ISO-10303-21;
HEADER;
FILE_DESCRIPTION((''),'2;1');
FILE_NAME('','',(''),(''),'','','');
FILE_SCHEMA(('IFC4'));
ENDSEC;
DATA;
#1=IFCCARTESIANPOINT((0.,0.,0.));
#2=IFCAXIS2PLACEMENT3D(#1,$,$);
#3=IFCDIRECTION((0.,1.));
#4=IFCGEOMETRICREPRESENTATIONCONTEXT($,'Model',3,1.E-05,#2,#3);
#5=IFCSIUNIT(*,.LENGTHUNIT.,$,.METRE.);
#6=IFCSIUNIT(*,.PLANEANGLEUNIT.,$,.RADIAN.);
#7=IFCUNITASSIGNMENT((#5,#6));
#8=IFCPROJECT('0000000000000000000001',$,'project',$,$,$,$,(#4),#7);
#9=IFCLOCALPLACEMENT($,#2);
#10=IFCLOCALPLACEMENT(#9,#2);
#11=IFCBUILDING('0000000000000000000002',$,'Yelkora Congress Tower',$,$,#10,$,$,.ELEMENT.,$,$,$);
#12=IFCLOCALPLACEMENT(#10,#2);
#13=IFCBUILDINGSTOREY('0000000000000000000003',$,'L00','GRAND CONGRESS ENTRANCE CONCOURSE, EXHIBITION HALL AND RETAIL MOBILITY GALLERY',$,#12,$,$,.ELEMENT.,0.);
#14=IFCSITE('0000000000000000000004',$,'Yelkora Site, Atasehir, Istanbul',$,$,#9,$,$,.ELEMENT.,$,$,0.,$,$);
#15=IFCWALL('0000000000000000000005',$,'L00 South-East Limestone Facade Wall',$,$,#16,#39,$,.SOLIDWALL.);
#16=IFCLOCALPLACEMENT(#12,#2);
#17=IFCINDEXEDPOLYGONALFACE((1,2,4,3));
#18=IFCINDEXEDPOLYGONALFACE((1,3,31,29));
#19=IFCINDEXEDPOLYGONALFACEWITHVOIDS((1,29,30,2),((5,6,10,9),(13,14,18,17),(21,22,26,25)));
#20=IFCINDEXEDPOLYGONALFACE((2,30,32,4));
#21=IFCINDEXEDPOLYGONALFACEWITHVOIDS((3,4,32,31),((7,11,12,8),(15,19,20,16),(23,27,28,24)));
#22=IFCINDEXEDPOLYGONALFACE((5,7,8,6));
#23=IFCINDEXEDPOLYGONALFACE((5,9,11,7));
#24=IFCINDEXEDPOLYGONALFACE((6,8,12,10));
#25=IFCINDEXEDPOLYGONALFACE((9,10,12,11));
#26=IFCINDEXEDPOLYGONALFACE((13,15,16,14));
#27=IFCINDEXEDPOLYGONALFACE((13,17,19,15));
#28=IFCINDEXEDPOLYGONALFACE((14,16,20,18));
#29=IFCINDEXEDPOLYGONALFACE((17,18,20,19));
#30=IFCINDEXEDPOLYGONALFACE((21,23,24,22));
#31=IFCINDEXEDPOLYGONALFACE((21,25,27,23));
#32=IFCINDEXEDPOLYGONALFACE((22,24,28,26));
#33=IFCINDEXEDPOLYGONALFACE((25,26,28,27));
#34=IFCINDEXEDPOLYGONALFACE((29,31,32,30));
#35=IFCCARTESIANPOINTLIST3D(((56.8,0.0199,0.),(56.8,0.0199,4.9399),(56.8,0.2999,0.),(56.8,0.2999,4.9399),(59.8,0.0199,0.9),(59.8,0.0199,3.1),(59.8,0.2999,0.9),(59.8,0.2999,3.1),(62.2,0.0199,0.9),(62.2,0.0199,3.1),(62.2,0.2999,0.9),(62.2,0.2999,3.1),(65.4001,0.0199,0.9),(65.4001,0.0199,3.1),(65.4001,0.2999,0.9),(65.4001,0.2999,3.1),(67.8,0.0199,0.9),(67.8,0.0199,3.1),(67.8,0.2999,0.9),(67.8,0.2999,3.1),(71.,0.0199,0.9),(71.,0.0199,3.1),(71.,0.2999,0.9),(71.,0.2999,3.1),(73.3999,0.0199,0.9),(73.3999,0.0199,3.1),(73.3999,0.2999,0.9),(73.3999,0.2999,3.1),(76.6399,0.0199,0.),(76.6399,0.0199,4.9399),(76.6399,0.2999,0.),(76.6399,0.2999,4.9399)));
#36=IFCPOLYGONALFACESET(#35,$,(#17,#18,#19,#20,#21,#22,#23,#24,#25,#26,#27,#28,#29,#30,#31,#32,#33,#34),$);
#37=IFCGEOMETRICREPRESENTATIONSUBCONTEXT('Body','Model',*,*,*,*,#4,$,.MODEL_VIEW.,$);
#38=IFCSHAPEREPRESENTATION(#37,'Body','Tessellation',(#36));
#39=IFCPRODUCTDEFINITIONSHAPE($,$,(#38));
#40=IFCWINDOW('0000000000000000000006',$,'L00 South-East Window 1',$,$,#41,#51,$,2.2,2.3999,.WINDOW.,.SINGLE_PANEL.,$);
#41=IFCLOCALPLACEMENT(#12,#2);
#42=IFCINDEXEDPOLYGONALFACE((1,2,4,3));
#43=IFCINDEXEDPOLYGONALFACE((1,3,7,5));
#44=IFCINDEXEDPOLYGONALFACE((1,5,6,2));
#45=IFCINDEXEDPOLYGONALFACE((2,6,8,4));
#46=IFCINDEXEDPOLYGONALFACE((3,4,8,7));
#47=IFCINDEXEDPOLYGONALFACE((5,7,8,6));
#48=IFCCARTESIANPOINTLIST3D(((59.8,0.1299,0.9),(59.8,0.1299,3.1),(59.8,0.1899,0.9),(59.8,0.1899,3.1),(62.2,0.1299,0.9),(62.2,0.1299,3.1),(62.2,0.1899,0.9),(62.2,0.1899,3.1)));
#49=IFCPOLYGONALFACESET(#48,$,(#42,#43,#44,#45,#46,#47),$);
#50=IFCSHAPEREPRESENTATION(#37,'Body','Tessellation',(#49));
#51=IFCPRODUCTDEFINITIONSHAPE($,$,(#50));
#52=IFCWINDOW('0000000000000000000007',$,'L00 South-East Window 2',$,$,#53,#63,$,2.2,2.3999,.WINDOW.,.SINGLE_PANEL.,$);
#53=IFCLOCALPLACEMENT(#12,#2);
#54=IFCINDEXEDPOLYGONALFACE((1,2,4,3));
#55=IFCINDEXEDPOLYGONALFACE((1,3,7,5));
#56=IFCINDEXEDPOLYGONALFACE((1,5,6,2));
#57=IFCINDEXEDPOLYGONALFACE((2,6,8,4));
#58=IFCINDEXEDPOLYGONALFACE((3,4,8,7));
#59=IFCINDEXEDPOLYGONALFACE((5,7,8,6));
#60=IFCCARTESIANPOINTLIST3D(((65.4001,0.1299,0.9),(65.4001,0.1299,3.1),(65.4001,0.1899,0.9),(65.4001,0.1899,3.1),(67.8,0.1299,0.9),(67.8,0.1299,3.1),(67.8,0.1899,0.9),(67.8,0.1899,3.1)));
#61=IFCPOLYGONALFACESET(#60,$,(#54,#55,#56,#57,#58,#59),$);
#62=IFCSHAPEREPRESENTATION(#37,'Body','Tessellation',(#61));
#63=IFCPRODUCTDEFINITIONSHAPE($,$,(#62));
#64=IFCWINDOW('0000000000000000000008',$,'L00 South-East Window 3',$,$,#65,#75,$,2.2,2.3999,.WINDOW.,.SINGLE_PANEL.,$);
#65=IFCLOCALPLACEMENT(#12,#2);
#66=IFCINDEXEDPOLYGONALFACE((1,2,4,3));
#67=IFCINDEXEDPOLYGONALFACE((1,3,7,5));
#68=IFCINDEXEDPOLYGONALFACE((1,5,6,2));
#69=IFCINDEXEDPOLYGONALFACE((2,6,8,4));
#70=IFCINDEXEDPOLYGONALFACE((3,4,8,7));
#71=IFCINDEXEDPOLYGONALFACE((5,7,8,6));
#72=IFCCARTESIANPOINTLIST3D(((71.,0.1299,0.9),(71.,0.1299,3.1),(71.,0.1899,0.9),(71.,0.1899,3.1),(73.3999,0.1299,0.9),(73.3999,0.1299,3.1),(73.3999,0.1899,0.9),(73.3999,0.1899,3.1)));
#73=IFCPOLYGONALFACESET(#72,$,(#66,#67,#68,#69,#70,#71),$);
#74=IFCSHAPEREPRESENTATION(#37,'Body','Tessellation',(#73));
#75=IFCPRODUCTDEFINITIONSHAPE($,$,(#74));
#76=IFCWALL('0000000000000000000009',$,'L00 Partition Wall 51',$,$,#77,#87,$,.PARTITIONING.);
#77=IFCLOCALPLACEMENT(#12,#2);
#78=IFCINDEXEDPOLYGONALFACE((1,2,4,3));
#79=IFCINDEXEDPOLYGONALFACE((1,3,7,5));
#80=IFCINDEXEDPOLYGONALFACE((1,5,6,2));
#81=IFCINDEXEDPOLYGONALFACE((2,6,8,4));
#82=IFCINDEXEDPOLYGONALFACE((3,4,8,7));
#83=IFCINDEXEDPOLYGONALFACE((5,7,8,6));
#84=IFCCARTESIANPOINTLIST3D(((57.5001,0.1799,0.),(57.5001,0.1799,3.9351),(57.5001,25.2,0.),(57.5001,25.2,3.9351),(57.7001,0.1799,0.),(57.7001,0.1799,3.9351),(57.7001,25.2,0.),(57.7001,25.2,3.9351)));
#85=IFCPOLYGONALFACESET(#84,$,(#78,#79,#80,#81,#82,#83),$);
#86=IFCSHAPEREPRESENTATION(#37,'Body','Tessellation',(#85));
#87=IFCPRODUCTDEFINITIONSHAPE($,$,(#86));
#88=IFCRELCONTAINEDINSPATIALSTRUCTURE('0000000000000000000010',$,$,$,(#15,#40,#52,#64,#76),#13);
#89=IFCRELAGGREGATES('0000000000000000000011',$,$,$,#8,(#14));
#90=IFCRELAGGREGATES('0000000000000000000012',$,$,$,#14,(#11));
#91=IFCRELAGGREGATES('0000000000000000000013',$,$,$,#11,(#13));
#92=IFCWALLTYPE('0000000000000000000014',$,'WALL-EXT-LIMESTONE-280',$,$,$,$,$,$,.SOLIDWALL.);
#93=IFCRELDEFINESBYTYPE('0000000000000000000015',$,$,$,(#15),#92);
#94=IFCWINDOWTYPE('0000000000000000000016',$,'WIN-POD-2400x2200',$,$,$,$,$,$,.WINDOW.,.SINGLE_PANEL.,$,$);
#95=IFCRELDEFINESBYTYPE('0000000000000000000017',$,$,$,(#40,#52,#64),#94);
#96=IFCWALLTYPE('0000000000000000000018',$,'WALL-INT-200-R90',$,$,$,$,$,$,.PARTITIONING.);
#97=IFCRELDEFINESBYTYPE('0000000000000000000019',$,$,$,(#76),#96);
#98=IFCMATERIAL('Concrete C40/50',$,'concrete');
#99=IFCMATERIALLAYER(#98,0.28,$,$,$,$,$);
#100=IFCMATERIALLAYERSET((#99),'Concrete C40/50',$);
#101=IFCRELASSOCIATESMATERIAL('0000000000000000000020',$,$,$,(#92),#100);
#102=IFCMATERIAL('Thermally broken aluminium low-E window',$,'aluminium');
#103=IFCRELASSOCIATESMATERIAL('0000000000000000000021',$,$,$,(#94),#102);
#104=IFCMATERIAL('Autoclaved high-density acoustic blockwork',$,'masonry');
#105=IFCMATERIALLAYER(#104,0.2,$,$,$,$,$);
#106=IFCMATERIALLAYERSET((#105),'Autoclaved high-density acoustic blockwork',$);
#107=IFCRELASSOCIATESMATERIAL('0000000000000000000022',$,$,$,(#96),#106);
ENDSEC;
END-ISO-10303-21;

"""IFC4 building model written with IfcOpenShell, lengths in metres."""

from ifc_helpers import new_model, si_unit, direction, frame, frame_2d, origin, place, context, subcontext, project, spatial, rectangle, extrude, material, layer, layer_set, type_object, element, fill, save


model = new_model("IFC4")

# Units and contexts
model_context = context("Model", 3, precision=1e-05, world=origin(), true_north=direction((0.0, 1.0)))
body_context = subcontext(model_context, "Body", "Model", "MODEL_VIEW")
ifc_project = project(units=[si_unit("LENGTHUNIT", "METRE"), si_unit("PLANEANGLEUNIT", "RADIAN")], contexts=[model_context])

# Site, building, storey
site_placement = place(None, origin())
site = spatial("IfcSite", under=ifc_project, at=site_placement, Name="Yelkora Site, Atasehir, Istanbul", CompositionType="ELEMENT", RefElevation=0.0)
building_placement = place(site_placement, origin())
building = spatial("IfcBuilding", under=site, at=building_placement, Name="Yelkora Congress Tower", CompositionType="ELEMENT")
storey_placement = place(building_placement, origin())
storey = spatial("IfcBuildingStorey", under=building, at=storey_placement, Name="L00", Description="GRAND CONGRESS ENTRANCE CONCOURSE, EXHIBITION HALL AND RETAIL MOBILITY GALLERY", CompositionType="ELEMENT", Elevation=0.0)

# Wall, openings, windows
ifc_material_1 = material(Name="Concrete C40/50", Category="concrete")
ifc_layer_1 = layer(ifc_material_1, 0.28)
ifc_layer_set_1 = layer_set([ifc_layer_1], Name="Concrete C40/50")
wall_type_1 = type_object("IfcWallType", Name="WALL-EXT-LIMESTONE-280", PredefinedType="SOLIDWALL", material=ifc_layer_set_1)
wall_1_placement = place(storey_placement, frame((56.8, 0.1599, 0.0), z_axis=(0.0, 0.0, 1.0), x_axis=(1.0, 0.0, 0.0)))
wall_1 = element("IfcWall", 1, at=wall_1_placement, inside=storey, type_object=wall_type_1, Name="L00 South-East Limestone Facade Wall", PredefinedType="SOLIDWALL", context=body_context, shape_type="SweptSolid", body=[
    extrude(rectangle(XDim=19.8398, YDim=0.28, at=frame_2d((9.9199, 0.0))), origin(), (0.0, 0.0, 1.0), 4.9399),
])
opening_1_placement = place(wall_1_placement, frame((3.0, 0.0, 0.8999)))
opening_1 = element("IfcOpeningElement", 2, at=opening_1_placement, cuts=wall_1, PredefinedType="OPENING", context=body_context, shape_type="SweptSolid", body=[
    extrude(rectangle(XDim=2.3999, YDim=2.2, at=frame_2d((1.2, 1.1001))), frame((0.0, 0.1499, 0.0), z_axis=(0.0, -1.0, 0.0), x_axis=(1.0, 0.0, 0.0)), (0.0, 0.0, 1.0), 0.3),
])
opening_2_placement = place(wall_1_placement, frame((8.6001, 0.0, 0.8999)))
opening_2 = element("IfcOpeningElement", 3, at=opening_2_placement, cuts=wall_1, PredefinedType="OPENING", context=body_context, shape_type="SweptSolid", body=[
    extrude(rectangle(XDim=2.3999, YDim=2.2, at=frame_2d((1.2, 1.1001))), frame((0.0, 0.1499, 0.0), z_axis=(0.0, -1.0, 0.0), x_axis=(1.0, 0.0, 0.0)), (0.0, 0.0, 1.0), 0.3),
])
opening_3_placement = place(wall_1_placement, frame((14.2, 0.0, 0.8999)))
opening_3 = element("IfcOpeningElement", 4, at=opening_3_placement, cuts=wall_1, PredefinedType="OPENING", context=body_context, shape_type="SweptSolid", body=[
    extrude(rectangle(XDim=2.3999, YDim=2.2, at=frame_2d((1.2, 1.1001))), frame((0.0, 0.1499, 0.0), z_axis=(0.0, -1.0, 0.0), x_axis=(1.0, 0.0, 0.0)), (0.0, 0.0, 1.0), 0.3),
])
ifc_material_2 = material(Name="Thermally broken aluminium low-E window", Category="aluminium")
window_type = type_object("IfcWindowType", Name="WIN-POD-2400x2200", PartitioningType="SINGLE_PANEL", PredefinedType="WINDOW", material=ifc_material_2)
window_1_placement = place(opening_1_placement, origin())
window_1 = element("IfcWindow", 5, at=window_1_placement, inside=storey, type_object=window_type, Name="L00 South-East Window 1", OverallHeight=2.2, OverallWidth=2.3999, PartitioningType="SINGLE_PANEL", PredefinedType="WINDOW", context=body_context, shape_type="SweptSolid", body=[
    extrude(rectangle(XDim=2.3999, YDim=2.2, at=frame_2d((1.2, 1.1001))), frame((0.0, 0.03, 0.0), z_axis=(0.0, -1.0, 0.0), x_axis=(1.0, 0.0, 0.0)), (0.0, 0.0, 1.0), 0.0601),
])
fill(opening_1, window_1)
window_2_placement = place(opening_2_placement, origin())
window_2 = element("IfcWindow", 6, at=window_2_placement, inside=storey, type_object=window_type, Name="L00 South-East Window 2", OverallHeight=2.2, OverallWidth=2.3999, PartitioningType="SINGLE_PANEL", PredefinedType="WINDOW", context=body_context, shape_type="SweptSolid", body=[
    extrude(rectangle(XDim=2.3999, YDim=2.2, at=frame_2d((1.2, 1.1001))), frame((0.0, 0.03, 0.0), z_axis=(0.0, -1.0, 0.0), x_axis=(1.0, 0.0, 0.0)), (0.0, 0.0, 1.0), 0.0601),
])
fill(opening_2, window_2)
window_3_placement = place(opening_3_placement, origin())
window_3 = element("IfcWindow", 7, at=window_3_placement, inside=storey, type_object=window_type, Name="L00 South-East Window 3", OverallHeight=2.2, OverallWidth=2.3999, PartitioningType="SINGLE_PANEL", PredefinedType="WINDOW", context=body_context, shape_type="SweptSolid", body=[
    extrude(rectangle(XDim=2.3999, YDim=2.2, at=frame_2d((1.2, 1.1001))), frame((0.0, 0.03, 0.0), z_axis=(0.0, -1.0, 0.0), x_axis=(1.0, 0.0, 0.0)), (0.0, 0.0, 1.0), 0.0601),
])
fill(opening_3, window_3)

# Wall
ifc_material_3 = material(Name="Autoclaved high-density acoustic blockwork", Category="masonry")
ifc_layer_2 = layer(ifc_material_3, 0.2)
ifc_layer_set_2 = layer_set([ifc_layer_2], Name="Autoclaved high-density acoustic blockwork")
wall_type_2 = type_object("IfcWallType", Name="WALL-INT-200-R90", PredefinedType="PARTITIONING", material=ifc_layer_set_2)
wall_2_placement = place(storey_placement, frame((57.6001, 0.1799, 0.0), z_axis=(0.0, 0.0, 1.0), x_axis=(0.0, 1.0, 0.0)))
element("IfcWall", 8, at=wall_2_placement, inside=storey, type_object=wall_type_2, Name="L00 Partition Wall 51", PredefinedType="PARTITIONING", context=body_context, shape_type="SweptSolid", body=[
    extrude(rectangle(XDim=25.02, YDim=0.2, at=frame_2d((12.51, 0.0))), origin(), (0.0, 0.0, 1.0), 3.9351),
])

save(model, "model.ifc")
